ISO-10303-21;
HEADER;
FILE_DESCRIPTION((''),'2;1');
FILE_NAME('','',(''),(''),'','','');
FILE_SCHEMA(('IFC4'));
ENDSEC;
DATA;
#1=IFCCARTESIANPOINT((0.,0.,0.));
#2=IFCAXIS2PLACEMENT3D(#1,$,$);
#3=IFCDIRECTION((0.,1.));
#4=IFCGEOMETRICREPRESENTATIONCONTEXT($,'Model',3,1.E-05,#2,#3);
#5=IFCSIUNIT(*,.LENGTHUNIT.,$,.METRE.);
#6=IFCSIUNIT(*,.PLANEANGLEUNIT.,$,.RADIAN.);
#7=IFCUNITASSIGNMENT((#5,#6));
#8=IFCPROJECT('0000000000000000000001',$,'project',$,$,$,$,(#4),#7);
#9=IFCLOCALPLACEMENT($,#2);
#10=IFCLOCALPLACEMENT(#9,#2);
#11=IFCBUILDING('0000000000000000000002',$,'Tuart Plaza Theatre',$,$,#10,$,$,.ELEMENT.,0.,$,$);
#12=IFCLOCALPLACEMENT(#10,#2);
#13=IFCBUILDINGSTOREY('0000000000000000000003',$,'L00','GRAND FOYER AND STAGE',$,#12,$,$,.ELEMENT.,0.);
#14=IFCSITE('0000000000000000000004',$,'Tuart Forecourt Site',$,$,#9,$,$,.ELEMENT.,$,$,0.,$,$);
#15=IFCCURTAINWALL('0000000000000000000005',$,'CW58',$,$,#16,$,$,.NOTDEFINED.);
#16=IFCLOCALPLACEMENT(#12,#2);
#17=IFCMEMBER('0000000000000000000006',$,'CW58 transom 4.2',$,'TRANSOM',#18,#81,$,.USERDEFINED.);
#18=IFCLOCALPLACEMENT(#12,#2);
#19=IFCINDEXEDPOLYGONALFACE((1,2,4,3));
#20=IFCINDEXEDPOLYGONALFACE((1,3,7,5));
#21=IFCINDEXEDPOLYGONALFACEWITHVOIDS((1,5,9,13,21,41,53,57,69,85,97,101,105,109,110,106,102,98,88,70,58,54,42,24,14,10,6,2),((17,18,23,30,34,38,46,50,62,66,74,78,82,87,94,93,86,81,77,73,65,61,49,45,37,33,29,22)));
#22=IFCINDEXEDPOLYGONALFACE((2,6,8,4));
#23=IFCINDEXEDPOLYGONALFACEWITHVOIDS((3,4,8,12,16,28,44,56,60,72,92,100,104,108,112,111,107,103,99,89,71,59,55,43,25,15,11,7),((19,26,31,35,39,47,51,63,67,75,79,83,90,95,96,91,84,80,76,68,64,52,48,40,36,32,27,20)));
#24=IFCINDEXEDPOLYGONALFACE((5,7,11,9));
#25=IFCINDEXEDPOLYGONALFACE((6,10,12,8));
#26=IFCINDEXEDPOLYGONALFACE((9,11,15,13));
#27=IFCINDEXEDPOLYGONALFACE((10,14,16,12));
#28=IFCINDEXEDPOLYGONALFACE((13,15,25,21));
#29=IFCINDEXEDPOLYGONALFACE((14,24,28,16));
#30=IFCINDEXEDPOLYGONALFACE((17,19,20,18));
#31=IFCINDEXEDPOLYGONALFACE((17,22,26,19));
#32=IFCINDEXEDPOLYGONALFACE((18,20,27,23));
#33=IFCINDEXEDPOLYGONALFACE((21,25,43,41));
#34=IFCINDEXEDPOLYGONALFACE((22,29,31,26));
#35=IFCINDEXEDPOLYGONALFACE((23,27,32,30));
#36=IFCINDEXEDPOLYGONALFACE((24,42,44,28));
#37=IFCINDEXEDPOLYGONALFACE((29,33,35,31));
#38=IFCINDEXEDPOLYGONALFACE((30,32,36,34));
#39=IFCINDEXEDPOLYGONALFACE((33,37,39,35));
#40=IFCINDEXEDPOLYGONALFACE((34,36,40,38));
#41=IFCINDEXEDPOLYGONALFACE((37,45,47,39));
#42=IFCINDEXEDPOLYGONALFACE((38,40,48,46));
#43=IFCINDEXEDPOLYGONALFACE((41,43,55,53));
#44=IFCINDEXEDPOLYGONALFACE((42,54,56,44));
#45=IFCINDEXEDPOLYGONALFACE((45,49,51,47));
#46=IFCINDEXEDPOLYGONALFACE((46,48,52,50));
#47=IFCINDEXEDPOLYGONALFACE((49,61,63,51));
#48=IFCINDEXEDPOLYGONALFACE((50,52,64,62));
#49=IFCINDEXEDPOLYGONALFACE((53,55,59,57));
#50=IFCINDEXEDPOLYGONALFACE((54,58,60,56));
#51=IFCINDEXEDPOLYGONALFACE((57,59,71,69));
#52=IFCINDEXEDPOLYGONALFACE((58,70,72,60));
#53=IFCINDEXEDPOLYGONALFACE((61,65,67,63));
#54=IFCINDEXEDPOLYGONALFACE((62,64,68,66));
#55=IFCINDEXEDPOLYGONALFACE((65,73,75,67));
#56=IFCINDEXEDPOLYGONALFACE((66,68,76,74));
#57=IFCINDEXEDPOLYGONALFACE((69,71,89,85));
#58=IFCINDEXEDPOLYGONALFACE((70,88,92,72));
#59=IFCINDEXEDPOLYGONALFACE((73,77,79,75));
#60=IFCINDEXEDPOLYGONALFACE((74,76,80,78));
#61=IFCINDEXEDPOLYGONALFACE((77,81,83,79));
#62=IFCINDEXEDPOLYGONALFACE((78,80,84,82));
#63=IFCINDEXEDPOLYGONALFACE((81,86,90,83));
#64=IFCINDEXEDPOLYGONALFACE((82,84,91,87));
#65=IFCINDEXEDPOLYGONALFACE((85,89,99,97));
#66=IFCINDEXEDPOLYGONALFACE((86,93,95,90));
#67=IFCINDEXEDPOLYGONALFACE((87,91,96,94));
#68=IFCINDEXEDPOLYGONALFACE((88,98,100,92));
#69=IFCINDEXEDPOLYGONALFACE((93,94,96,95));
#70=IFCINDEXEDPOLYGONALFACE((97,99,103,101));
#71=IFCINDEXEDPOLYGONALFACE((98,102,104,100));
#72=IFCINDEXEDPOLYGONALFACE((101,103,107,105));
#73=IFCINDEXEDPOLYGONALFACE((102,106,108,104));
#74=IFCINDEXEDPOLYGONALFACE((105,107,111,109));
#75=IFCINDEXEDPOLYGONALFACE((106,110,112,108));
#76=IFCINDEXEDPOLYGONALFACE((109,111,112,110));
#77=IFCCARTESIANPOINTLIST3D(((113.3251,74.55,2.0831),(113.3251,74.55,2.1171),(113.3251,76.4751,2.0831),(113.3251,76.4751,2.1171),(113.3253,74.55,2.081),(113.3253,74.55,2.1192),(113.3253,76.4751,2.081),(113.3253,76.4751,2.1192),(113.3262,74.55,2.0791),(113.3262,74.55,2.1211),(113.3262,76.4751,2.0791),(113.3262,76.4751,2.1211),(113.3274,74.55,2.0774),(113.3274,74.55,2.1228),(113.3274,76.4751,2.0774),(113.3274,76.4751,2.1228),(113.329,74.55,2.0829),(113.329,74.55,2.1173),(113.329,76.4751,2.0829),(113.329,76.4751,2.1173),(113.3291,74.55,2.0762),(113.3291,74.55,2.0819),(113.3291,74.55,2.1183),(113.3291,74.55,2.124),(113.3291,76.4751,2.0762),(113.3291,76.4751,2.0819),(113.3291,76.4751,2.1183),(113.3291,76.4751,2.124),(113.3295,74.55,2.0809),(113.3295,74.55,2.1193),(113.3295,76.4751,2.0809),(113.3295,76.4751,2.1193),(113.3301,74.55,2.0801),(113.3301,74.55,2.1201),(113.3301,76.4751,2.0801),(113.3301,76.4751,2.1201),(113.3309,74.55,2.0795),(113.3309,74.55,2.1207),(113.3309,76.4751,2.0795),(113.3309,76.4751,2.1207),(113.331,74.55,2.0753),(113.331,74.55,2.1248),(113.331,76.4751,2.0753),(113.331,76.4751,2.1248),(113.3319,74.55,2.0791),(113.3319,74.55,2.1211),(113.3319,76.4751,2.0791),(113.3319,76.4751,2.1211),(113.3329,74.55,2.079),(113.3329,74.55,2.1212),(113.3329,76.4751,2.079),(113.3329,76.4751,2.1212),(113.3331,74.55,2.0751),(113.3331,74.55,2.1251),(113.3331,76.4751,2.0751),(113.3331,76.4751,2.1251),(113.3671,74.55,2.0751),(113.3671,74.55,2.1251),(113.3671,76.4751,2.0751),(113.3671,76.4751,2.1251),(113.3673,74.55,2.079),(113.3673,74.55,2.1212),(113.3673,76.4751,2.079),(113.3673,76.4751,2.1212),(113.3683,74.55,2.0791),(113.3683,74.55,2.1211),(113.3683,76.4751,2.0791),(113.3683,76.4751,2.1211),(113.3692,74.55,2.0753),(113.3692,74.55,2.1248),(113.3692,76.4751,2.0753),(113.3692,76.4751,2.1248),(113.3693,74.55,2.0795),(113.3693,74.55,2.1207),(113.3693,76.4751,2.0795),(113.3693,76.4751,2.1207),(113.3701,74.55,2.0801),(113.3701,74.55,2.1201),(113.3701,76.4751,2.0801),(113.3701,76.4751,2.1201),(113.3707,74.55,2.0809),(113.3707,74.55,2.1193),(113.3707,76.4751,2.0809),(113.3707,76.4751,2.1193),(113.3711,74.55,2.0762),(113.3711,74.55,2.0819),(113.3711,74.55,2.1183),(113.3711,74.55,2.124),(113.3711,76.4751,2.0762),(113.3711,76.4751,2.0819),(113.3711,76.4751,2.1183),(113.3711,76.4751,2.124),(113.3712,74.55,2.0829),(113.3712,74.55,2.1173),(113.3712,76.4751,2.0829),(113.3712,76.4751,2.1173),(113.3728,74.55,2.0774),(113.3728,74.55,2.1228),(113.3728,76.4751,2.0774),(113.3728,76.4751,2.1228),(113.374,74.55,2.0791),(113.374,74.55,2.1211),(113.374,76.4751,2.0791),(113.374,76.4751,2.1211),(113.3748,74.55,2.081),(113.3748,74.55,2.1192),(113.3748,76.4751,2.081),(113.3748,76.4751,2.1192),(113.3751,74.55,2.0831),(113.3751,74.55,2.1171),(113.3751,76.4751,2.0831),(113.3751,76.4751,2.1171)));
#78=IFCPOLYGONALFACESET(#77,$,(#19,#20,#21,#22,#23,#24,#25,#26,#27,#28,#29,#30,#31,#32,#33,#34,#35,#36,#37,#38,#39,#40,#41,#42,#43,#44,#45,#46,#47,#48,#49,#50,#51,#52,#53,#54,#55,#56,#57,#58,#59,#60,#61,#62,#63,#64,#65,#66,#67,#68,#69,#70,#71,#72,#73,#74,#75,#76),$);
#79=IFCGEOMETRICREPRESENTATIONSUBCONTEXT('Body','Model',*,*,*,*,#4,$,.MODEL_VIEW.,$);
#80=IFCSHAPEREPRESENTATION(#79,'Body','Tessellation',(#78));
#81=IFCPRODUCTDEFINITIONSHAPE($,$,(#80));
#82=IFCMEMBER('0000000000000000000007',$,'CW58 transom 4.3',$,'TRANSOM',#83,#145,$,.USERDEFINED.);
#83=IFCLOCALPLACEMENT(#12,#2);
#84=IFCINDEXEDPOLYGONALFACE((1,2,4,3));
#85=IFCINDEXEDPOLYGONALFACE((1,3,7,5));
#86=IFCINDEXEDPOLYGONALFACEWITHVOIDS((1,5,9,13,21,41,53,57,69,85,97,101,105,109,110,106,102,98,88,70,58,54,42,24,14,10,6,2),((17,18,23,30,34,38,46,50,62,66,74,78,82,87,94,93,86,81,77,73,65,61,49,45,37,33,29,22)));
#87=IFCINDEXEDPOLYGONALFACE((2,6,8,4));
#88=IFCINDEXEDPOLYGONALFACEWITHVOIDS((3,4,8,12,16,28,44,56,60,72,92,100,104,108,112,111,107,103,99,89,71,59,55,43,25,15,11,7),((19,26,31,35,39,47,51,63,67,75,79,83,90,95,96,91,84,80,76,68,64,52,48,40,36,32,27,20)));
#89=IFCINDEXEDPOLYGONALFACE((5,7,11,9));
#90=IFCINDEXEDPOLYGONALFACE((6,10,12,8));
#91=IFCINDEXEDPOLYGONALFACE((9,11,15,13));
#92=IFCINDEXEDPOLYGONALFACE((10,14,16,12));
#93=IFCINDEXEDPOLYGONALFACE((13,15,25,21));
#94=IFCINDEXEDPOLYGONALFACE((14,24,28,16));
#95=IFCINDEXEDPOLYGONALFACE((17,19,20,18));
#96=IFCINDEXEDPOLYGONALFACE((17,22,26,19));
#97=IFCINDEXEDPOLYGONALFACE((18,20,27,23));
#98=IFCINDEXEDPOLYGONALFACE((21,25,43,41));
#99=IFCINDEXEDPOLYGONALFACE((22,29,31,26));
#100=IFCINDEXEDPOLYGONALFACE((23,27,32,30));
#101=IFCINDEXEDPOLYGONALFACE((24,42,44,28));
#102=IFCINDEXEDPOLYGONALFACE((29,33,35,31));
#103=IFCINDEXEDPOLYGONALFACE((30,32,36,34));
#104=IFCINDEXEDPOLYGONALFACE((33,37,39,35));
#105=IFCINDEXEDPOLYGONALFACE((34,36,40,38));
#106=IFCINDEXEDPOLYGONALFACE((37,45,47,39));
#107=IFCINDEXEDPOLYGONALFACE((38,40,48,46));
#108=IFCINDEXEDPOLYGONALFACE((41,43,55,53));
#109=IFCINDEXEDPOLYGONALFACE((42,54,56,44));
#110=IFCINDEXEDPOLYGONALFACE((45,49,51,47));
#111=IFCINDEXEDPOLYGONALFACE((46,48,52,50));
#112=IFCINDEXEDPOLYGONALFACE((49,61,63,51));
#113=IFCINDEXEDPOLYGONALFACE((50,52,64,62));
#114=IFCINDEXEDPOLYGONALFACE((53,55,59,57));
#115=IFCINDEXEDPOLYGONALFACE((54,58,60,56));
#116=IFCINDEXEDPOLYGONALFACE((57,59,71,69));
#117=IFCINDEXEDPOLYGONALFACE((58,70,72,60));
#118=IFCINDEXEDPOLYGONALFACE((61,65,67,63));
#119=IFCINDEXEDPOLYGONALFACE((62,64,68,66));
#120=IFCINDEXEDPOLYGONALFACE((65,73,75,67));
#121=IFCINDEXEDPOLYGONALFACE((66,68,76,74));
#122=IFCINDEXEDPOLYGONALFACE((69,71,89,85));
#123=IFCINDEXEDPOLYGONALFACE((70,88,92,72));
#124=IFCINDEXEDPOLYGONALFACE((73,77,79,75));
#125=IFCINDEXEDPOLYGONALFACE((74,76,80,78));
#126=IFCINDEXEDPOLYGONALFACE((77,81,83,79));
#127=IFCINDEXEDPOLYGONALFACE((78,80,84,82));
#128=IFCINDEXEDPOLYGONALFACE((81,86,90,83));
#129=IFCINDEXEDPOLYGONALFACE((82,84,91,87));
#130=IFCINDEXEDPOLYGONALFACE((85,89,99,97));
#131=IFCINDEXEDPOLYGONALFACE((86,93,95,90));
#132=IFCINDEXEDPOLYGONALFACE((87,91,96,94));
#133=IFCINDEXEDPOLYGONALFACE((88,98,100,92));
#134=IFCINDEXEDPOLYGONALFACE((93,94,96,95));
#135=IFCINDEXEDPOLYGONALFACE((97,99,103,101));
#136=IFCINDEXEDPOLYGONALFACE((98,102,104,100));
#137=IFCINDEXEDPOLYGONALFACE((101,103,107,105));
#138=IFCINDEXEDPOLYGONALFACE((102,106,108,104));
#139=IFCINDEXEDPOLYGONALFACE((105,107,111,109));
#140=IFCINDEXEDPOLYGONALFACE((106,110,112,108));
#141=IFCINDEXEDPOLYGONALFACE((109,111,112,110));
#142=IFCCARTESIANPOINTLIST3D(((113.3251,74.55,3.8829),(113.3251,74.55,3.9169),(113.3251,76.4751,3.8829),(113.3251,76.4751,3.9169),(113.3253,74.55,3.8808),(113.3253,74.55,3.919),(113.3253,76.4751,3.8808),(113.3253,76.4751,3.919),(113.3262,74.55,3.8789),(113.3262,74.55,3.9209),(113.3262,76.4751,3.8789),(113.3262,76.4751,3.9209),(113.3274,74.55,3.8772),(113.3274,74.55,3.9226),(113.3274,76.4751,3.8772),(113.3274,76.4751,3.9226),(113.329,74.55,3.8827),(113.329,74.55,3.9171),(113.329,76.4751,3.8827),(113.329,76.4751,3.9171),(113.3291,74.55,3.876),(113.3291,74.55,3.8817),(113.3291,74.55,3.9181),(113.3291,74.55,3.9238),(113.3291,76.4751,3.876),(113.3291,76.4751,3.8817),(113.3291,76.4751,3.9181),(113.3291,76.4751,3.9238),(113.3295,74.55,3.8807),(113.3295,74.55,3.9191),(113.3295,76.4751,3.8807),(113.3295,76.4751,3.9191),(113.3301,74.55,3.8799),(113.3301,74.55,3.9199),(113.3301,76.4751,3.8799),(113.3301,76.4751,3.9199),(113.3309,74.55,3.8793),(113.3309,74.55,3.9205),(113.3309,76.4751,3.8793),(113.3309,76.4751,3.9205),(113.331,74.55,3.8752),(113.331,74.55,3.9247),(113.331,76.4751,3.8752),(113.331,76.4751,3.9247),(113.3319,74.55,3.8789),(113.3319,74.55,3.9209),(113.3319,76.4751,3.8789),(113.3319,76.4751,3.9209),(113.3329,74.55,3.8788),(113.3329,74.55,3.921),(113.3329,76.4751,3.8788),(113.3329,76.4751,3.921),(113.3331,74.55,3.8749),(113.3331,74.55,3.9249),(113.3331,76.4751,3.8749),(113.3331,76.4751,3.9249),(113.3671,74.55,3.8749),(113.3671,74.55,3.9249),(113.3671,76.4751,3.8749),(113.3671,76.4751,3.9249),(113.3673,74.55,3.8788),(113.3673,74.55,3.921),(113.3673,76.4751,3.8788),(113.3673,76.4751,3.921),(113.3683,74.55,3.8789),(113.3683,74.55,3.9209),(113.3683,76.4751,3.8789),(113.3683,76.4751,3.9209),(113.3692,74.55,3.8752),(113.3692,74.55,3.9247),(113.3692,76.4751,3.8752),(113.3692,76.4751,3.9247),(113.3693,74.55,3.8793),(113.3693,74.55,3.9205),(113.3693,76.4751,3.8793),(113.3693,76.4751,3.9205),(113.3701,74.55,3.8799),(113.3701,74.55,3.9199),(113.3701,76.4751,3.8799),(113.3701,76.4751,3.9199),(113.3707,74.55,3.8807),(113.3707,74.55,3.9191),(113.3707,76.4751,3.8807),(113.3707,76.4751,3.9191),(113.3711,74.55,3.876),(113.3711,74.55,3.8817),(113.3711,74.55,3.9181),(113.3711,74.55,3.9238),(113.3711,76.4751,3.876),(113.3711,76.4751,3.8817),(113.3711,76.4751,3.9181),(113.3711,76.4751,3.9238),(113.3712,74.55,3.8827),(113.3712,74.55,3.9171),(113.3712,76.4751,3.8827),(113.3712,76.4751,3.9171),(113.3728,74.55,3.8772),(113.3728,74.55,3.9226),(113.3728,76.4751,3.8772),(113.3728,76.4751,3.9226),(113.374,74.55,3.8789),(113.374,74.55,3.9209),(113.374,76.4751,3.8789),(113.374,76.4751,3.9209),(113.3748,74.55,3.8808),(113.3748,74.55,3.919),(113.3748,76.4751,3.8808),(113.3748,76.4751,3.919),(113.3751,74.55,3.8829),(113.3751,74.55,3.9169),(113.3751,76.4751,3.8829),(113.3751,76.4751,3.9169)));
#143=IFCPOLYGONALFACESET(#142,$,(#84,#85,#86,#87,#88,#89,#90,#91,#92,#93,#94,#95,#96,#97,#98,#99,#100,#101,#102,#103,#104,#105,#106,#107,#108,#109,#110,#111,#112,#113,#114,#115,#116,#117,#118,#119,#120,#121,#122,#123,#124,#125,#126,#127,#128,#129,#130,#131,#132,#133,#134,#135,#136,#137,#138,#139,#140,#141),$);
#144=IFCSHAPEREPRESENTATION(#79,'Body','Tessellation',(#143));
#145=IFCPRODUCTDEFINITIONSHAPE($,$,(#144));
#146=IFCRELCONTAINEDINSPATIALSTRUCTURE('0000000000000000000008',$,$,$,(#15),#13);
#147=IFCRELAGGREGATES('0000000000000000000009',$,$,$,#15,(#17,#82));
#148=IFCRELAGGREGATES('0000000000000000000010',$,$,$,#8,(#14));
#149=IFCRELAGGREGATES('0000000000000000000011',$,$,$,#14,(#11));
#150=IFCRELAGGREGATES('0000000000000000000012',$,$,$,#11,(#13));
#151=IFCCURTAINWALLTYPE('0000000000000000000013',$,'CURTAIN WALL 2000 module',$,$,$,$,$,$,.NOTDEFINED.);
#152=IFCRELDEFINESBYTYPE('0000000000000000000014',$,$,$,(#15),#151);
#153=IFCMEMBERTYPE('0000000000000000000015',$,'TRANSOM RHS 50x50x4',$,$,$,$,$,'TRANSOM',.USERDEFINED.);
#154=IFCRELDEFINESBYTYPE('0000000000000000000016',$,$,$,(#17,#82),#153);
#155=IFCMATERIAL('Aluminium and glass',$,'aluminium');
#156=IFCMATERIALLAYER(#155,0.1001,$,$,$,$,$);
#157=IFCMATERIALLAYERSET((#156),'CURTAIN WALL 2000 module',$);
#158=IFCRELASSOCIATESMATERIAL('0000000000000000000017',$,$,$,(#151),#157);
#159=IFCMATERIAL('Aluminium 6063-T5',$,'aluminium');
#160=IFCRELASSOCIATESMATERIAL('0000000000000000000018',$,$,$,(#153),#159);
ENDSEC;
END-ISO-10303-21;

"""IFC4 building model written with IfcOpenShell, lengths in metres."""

from ifc_helpers import new_model, si_unit, direction, frame, origin, origin_2d, place, context, subcontext, project, spatial, hollow_rectangle, extrude, material, layer, layer_set, material_profile, profile_set, type_object, element, aggregate, save


model = new_model("IFC4")

# Units and contexts
model_context = context("Model", 3, precision=1e-05, world=origin(), true_north=direction((0.0, 1.0)))
body_context = subcontext(model_context, "Body", "Model", "MODEL_VIEW")
ifc_project = project(units=[si_unit("LENGTHUNIT", "METRE"), si_unit("PLANEANGLEUNIT", "RADIAN")], contexts=[model_context])

# Site, building, storey
site_placement = place(None, origin())
site = spatial("IfcSite", under=ifc_project, at=site_placement, Name="Tuart Forecourt Site", CompositionType="ELEMENT", RefElevation=0.0)
building_placement = place(site_placement, origin())
building = spatial("IfcBuilding", under=site, at=building_placement, Name="Tuart Plaza Theatre", CompositionType="ELEMENT", ElevationOfRefHeight=0.0)
storey_placement = place(building_placement, origin())
storey = spatial("IfcBuildingStorey", under=building, at=storey_placement, Name="L00", Description="GRAND FOYER AND STAGE", CompositionType="ELEMENT", Elevation=0.0)

# Curtain wall, members
ifc_material_1 = material(Name="Aluminium and glass", Category="aluminium")
ifc_layer_1 = layer(ifc_material_1, 0.1001)
ifc_layer_set_1 = layer_set([ifc_layer_1], Name="CURTAIN WALL 2000 module")
curtain_wall_type = type_object("IfcCurtainWallType", Name="CURTAIN WALL 2000 module", PredefinedType="NOTDEFINED", material=ifc_layer_set_1)
curtain_wall_placement = place(storey_placement, origin())
curtain_wall = element("IfcCurtainWall", 1, at=curtain_wall_placement, inside=storey, type_object=curtain_wall_type, Name="CW58", PredefinedType="NOTDEFINED")
ifc_material_2 = material(Name="Aluminium 6063-T5", Category="aluminium")
ifc_material_profile_1 = material_profile(ifc_material_2, hollow_rectangle(XDim=0.05, YDim=0.05, WallThickness=0.0039, InnerFilletRadius=0.0039, OuterFilletRadius=0.0081, at=origin_2d()), Name="RHS 50x50x4")
ifc_profile_set_1 = profile_set([ifc_material_profile_1], Name="Aluminium 6063-T5")
member_type_1 = type_object("IfcMemberType", Name="TRANSOM RHS 50x50x4", ElementType="TRANSOM", PredefinedType="USERDEFINED", material=ifc_profile_set_1)
member_1_placement = place(storey_placement, frame((113.3501, 76.4751, 2.1001), z_axis=(0.0, -1.0, 0.0), x_axis=(1.0, 0.0, 0.0)))
member_1 = element("IfcMember", 2, at=member_1_placement, type_object=member_type_1, Name="CW58 transom 4.2", ObjectType="TRANSOM", PredefinedType="USERDEFINED", context=body_context, shape_type="SweptSolid", body=[
    extrude(hollow_rectangle(XDim=0.05, YDim=0.05, WallThickness=0.0039, InnerFilletRadius=0.0039, OuterFilletRadius=0.0081, at=origin_2d()), origin(), (0.0, 0.0, 1.0), 1.925),
])
member_2_placement = place(storey_placement, frame((113.3501, 76.4751, 3.8999), z_axis=(0.0, -1.0, 0.0), x_axis=(1.0, 0.0, 0.0)))
member_2 = element("IfcMember", 3, at=member_2_placement, type_object=member_type_1, Name="CW58 transom 4.3", ObjectType="TRANSOM", PredefinedType="USERDEFINED", context=body_context, shape_type="SweptSolid", body=[
    extrude(hollow_rectangle(XDim=0.05, YDim=0.05, WallThickness=0.0039, InnerFilletRadius=0.0039, OuterFilletRadius=0.0081, at=origin_2d()), origin(), (0.0, 0.0, 1.0), 1.925),
])
aggregate(curtain_wall, [member_1, member_2])

save(model, "model.ifc")
